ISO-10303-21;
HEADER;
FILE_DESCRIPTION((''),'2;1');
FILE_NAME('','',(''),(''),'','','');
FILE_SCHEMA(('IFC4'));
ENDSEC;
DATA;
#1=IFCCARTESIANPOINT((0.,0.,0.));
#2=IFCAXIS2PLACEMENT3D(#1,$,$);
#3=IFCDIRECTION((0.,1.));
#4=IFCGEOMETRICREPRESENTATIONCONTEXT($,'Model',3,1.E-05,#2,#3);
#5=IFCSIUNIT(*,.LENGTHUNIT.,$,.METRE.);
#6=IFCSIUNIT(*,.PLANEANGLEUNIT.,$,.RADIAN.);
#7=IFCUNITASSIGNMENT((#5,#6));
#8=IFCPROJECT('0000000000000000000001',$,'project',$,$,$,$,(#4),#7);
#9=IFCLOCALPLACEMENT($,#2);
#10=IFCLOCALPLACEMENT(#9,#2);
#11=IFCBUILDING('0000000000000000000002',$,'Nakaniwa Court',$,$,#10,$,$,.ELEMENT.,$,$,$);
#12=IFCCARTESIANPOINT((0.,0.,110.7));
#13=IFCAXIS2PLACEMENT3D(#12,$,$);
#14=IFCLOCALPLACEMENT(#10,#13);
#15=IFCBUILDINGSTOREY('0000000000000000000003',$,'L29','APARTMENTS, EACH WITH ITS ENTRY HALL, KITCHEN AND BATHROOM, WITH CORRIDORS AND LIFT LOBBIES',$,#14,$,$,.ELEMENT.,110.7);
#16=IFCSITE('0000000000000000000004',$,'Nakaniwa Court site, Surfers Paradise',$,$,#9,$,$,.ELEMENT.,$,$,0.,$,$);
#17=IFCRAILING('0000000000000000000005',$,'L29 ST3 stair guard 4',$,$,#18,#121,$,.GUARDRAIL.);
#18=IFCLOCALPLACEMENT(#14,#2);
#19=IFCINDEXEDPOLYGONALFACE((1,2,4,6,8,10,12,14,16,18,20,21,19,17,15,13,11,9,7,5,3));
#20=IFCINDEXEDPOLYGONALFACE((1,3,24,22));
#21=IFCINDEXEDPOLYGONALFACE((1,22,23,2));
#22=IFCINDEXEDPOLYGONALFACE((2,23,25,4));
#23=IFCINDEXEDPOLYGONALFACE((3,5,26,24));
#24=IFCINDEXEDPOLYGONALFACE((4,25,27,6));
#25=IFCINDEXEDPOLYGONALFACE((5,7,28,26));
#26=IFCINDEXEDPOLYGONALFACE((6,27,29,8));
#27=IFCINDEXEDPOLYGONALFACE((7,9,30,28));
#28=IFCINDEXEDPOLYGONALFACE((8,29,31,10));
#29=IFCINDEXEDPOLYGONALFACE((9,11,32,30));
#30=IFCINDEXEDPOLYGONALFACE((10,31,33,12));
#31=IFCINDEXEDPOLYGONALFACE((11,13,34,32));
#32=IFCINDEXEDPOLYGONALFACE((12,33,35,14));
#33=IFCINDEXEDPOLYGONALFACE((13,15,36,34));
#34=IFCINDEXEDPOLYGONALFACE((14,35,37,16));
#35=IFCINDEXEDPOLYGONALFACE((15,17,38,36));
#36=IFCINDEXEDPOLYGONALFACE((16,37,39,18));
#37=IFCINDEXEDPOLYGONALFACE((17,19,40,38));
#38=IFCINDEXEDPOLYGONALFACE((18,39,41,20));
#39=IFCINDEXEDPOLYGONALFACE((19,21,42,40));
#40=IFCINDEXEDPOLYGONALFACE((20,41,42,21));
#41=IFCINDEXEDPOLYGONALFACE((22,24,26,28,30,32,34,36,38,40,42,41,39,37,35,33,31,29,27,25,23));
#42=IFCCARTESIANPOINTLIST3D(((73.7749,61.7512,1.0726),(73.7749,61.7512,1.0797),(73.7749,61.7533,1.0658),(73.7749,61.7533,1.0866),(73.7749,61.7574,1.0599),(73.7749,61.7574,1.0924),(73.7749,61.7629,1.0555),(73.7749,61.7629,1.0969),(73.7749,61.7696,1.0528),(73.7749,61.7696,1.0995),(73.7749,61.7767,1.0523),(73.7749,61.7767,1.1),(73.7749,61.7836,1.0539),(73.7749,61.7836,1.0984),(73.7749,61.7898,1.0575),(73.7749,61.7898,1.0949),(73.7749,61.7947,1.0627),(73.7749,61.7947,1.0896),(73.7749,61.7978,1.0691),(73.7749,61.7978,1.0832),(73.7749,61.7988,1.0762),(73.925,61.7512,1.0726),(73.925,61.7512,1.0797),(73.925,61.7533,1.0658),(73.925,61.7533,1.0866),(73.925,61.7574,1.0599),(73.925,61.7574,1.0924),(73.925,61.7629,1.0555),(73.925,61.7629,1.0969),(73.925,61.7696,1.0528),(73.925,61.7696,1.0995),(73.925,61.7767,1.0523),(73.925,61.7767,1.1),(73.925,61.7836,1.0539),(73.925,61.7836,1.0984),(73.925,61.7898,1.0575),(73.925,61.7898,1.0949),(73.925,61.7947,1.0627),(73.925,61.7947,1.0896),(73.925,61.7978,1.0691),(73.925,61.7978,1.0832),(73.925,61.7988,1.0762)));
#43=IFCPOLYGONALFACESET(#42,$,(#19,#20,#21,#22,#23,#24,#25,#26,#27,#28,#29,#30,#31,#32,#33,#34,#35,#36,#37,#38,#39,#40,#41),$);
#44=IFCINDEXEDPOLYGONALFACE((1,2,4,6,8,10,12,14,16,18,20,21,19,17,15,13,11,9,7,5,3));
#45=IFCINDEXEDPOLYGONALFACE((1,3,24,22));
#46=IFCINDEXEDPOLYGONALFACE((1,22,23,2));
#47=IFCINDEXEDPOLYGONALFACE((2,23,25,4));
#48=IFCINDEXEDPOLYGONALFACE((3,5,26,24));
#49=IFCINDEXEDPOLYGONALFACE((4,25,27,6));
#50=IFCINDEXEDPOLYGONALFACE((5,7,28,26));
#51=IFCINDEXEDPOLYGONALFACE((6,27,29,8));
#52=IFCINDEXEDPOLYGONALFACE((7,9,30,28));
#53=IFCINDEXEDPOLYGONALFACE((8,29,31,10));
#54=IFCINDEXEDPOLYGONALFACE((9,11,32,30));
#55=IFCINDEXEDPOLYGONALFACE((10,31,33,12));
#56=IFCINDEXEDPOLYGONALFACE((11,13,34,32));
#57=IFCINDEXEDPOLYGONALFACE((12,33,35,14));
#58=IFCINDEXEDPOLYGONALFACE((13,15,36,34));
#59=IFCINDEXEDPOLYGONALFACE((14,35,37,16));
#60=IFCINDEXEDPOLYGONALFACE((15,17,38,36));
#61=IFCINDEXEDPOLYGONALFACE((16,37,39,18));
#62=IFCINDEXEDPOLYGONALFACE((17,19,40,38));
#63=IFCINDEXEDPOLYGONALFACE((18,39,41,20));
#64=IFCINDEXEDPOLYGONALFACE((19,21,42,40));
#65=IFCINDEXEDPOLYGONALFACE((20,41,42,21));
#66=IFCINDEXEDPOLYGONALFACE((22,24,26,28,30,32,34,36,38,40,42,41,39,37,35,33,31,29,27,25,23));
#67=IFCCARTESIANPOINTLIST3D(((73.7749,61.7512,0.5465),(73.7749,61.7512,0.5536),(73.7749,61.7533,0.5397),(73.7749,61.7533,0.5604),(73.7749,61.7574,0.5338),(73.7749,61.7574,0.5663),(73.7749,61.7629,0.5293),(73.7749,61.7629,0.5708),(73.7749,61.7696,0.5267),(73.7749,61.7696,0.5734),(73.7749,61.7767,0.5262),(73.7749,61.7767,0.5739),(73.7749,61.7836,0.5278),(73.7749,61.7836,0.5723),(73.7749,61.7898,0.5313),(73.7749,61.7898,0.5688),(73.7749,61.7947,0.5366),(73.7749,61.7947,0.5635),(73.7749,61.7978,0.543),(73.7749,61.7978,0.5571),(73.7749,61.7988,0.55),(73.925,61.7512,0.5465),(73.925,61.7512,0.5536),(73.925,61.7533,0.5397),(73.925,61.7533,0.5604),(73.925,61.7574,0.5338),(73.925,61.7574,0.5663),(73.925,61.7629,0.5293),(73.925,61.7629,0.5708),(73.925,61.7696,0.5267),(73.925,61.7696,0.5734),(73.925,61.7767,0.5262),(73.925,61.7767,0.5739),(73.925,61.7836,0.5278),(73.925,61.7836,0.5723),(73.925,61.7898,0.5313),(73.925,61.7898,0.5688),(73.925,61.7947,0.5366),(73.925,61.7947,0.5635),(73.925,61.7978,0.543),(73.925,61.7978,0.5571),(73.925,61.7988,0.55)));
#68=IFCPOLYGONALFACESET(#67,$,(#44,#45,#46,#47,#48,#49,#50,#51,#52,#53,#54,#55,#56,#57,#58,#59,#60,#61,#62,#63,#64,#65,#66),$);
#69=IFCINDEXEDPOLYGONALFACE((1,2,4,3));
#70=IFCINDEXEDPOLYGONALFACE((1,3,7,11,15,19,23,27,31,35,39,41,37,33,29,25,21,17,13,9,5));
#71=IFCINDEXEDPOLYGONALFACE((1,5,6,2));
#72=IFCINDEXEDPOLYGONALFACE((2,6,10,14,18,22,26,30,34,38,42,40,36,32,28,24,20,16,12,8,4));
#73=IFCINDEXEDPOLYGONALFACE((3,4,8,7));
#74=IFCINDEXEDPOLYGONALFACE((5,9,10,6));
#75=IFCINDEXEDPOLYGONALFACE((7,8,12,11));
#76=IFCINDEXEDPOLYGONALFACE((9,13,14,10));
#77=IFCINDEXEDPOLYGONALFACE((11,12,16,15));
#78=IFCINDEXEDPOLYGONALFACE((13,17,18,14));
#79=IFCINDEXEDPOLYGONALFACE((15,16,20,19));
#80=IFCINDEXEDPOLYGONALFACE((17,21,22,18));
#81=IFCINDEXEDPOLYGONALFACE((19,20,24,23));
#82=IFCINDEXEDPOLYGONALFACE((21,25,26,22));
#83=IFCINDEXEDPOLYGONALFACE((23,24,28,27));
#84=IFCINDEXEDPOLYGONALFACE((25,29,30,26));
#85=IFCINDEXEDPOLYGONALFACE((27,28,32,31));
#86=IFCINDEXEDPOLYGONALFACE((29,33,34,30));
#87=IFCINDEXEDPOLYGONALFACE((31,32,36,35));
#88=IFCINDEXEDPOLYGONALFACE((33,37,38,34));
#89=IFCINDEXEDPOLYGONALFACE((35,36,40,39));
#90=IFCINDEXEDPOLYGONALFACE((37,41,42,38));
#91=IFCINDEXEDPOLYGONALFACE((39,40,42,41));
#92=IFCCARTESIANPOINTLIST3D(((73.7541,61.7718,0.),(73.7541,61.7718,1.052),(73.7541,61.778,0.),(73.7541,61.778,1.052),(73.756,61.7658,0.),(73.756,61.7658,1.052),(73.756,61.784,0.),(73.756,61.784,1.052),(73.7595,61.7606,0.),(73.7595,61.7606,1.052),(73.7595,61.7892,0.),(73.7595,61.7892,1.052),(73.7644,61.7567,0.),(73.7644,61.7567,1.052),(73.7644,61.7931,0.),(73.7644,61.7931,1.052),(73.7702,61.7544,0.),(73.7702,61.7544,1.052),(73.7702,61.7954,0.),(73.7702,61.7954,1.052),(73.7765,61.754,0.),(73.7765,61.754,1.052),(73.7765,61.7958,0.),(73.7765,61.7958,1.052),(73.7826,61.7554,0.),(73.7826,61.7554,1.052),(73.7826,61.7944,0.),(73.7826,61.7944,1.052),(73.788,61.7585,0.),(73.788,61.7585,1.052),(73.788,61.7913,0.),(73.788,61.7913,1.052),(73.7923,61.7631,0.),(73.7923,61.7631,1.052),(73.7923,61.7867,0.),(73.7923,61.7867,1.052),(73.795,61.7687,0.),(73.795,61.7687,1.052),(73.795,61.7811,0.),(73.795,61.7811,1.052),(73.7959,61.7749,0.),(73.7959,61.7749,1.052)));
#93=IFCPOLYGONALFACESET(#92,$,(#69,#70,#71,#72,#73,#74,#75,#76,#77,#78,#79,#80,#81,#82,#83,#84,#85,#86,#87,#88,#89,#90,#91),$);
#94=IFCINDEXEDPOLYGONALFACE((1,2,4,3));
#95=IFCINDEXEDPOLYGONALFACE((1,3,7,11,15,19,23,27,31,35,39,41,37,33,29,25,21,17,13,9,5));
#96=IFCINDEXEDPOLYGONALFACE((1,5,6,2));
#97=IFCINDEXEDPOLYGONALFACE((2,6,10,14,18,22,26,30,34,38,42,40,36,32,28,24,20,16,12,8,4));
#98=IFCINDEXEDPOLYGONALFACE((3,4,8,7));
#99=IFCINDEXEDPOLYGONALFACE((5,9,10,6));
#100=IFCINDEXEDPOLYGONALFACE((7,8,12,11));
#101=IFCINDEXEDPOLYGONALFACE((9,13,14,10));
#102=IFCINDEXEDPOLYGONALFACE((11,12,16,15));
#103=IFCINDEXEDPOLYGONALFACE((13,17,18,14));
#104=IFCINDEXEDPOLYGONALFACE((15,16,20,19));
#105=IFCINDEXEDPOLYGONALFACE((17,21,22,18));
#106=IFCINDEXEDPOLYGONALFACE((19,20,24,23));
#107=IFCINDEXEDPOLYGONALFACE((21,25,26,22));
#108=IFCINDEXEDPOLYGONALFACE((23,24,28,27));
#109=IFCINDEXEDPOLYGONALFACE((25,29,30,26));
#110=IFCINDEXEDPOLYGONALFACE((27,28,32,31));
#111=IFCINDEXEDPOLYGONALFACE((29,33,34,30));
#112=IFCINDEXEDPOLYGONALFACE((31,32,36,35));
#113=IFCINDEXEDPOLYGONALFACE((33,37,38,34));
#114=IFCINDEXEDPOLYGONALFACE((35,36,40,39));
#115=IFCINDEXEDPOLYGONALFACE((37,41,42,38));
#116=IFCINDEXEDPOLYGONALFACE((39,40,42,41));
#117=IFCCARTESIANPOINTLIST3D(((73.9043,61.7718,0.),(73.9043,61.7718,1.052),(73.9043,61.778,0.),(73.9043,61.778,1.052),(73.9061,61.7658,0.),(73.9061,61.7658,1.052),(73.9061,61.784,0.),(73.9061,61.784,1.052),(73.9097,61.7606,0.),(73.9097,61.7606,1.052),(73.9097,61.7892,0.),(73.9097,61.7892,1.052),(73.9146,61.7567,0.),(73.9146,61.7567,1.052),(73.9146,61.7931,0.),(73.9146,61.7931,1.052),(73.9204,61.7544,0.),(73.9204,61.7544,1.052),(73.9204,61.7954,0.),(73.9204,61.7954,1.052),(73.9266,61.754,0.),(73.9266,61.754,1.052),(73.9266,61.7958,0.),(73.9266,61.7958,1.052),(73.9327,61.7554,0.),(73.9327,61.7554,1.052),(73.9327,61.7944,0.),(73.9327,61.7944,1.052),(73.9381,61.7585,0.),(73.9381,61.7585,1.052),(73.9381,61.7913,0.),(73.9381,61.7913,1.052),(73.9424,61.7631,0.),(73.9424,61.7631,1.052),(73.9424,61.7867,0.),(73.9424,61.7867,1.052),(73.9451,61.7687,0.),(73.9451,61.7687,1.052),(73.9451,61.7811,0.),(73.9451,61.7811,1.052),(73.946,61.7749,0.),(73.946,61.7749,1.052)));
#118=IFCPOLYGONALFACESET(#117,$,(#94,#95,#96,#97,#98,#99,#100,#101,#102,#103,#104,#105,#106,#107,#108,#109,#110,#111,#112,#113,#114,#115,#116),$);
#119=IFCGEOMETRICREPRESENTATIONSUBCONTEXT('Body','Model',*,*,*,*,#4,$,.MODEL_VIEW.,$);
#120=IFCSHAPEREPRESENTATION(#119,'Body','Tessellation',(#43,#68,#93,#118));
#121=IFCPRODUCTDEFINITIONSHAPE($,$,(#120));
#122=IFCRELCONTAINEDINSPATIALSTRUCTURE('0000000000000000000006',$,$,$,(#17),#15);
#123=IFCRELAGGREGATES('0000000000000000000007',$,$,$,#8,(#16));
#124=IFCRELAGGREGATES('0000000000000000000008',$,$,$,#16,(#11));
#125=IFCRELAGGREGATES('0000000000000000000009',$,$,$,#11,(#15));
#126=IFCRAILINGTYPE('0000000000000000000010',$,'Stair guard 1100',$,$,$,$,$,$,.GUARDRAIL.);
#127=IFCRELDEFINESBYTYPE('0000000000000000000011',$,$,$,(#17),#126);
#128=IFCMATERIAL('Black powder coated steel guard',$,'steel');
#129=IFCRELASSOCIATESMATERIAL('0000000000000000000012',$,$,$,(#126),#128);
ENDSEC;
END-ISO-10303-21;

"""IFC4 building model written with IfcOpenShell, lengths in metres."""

from ifc_helpers import new_model, si_unit, direction, frame, origin, origin_2d, place, context, subcontext, project, spatial, circle, extrude, material, type_object, element, save


model = new_model("IFC4")

# Units and contexts
model_context = context("Model", 3, precision=1e-05, world=origin(), true_north=direction((0.0, 1.0)))
body_context = subcontext(model_context, "Body", "Model", "MODEL_VIEW")
ifc_project = project(units=[si_unit("LENGTHUNIT", "METRE"), si_unit("PLANEANGLEUNIT", "RADIAN")], contexts=[model_context])

# Site, building, storey
site_placement = place(None, origin())
site = spatial("IfcSite", under=ifc_project, at=site_placement, Name="Nakaniwa Court site, Surfers Paradise", CompositionType="ELEMENT", RefElevation=0.0)
building_placement = place(site_placement, origin())
building = spatial("IfcBuilding", under=site, at=building_placement, Name="Nakaniwa Court", CompositionType="ELEMENT")
storey_placement = place(building_placement, frame((0.0, 0.0, 110.7)))
storey = spatial("IfcBuildingStorey", under=building, at=storey_placement, Name="L29", Description="APARTMENTS, EACH WITH ITS ENTRY HALL, KITCHEN AND BATHROOM, WITH CORRIDORS AND LIFT LOBBIES", CompositionType="ELEMENT", Elevation=110.7)

# Railing
ifc_material_1 = material(Name="Black powder coated steel guard", Category="steel")
railing_type_1 = type_object("IfcRailingType", Name="Stair guard 1100", PredefinedType="GUARDRAIL", material=ifc_material_1)
railing_1_placement = place(storey_placement, frame((73.7749, 61.7749, 0.0)))
element("IfcRailing", 1, at=railing_1_placement, inside=storey, type_object=railing_type_1, Name="L29 ST3 stair guard 4", PredefinedType="GUARDRAIL", context=body_context, shape_type="SweptSolid", body=[
    extrude(circle(Radius=0.0239, at=origin_2d()), frame((0.0, 0.0, 1.0762), z_axis=(1.0, 0.0, 0.0), x_axis=(0.0, 1.0, 0.0)), (0.0, 0.0, 1.0), 0.1501),
    extrude(circle(Radius=0.0239, at=origin_2d()), frame((0.0, 0.0, 0.55), z_axis=(1.0, 0.0, 0.0), x_axis=(0.0, 1.0, 0.0)), (0.0, 0.0, 1.0), 0.1501),
    extrude(circle(Radius=0.021, at=origin_2d()), origin(), (0.0, 0.0, 1.0), 1.052),
    extrude(circle(Radius=0.021, at=origin_2d()), frame((0.1501, 0.0, 0.0)), (0.0, 0.0, 1.0), 1.052),
])

save(model, "model.ifc")
